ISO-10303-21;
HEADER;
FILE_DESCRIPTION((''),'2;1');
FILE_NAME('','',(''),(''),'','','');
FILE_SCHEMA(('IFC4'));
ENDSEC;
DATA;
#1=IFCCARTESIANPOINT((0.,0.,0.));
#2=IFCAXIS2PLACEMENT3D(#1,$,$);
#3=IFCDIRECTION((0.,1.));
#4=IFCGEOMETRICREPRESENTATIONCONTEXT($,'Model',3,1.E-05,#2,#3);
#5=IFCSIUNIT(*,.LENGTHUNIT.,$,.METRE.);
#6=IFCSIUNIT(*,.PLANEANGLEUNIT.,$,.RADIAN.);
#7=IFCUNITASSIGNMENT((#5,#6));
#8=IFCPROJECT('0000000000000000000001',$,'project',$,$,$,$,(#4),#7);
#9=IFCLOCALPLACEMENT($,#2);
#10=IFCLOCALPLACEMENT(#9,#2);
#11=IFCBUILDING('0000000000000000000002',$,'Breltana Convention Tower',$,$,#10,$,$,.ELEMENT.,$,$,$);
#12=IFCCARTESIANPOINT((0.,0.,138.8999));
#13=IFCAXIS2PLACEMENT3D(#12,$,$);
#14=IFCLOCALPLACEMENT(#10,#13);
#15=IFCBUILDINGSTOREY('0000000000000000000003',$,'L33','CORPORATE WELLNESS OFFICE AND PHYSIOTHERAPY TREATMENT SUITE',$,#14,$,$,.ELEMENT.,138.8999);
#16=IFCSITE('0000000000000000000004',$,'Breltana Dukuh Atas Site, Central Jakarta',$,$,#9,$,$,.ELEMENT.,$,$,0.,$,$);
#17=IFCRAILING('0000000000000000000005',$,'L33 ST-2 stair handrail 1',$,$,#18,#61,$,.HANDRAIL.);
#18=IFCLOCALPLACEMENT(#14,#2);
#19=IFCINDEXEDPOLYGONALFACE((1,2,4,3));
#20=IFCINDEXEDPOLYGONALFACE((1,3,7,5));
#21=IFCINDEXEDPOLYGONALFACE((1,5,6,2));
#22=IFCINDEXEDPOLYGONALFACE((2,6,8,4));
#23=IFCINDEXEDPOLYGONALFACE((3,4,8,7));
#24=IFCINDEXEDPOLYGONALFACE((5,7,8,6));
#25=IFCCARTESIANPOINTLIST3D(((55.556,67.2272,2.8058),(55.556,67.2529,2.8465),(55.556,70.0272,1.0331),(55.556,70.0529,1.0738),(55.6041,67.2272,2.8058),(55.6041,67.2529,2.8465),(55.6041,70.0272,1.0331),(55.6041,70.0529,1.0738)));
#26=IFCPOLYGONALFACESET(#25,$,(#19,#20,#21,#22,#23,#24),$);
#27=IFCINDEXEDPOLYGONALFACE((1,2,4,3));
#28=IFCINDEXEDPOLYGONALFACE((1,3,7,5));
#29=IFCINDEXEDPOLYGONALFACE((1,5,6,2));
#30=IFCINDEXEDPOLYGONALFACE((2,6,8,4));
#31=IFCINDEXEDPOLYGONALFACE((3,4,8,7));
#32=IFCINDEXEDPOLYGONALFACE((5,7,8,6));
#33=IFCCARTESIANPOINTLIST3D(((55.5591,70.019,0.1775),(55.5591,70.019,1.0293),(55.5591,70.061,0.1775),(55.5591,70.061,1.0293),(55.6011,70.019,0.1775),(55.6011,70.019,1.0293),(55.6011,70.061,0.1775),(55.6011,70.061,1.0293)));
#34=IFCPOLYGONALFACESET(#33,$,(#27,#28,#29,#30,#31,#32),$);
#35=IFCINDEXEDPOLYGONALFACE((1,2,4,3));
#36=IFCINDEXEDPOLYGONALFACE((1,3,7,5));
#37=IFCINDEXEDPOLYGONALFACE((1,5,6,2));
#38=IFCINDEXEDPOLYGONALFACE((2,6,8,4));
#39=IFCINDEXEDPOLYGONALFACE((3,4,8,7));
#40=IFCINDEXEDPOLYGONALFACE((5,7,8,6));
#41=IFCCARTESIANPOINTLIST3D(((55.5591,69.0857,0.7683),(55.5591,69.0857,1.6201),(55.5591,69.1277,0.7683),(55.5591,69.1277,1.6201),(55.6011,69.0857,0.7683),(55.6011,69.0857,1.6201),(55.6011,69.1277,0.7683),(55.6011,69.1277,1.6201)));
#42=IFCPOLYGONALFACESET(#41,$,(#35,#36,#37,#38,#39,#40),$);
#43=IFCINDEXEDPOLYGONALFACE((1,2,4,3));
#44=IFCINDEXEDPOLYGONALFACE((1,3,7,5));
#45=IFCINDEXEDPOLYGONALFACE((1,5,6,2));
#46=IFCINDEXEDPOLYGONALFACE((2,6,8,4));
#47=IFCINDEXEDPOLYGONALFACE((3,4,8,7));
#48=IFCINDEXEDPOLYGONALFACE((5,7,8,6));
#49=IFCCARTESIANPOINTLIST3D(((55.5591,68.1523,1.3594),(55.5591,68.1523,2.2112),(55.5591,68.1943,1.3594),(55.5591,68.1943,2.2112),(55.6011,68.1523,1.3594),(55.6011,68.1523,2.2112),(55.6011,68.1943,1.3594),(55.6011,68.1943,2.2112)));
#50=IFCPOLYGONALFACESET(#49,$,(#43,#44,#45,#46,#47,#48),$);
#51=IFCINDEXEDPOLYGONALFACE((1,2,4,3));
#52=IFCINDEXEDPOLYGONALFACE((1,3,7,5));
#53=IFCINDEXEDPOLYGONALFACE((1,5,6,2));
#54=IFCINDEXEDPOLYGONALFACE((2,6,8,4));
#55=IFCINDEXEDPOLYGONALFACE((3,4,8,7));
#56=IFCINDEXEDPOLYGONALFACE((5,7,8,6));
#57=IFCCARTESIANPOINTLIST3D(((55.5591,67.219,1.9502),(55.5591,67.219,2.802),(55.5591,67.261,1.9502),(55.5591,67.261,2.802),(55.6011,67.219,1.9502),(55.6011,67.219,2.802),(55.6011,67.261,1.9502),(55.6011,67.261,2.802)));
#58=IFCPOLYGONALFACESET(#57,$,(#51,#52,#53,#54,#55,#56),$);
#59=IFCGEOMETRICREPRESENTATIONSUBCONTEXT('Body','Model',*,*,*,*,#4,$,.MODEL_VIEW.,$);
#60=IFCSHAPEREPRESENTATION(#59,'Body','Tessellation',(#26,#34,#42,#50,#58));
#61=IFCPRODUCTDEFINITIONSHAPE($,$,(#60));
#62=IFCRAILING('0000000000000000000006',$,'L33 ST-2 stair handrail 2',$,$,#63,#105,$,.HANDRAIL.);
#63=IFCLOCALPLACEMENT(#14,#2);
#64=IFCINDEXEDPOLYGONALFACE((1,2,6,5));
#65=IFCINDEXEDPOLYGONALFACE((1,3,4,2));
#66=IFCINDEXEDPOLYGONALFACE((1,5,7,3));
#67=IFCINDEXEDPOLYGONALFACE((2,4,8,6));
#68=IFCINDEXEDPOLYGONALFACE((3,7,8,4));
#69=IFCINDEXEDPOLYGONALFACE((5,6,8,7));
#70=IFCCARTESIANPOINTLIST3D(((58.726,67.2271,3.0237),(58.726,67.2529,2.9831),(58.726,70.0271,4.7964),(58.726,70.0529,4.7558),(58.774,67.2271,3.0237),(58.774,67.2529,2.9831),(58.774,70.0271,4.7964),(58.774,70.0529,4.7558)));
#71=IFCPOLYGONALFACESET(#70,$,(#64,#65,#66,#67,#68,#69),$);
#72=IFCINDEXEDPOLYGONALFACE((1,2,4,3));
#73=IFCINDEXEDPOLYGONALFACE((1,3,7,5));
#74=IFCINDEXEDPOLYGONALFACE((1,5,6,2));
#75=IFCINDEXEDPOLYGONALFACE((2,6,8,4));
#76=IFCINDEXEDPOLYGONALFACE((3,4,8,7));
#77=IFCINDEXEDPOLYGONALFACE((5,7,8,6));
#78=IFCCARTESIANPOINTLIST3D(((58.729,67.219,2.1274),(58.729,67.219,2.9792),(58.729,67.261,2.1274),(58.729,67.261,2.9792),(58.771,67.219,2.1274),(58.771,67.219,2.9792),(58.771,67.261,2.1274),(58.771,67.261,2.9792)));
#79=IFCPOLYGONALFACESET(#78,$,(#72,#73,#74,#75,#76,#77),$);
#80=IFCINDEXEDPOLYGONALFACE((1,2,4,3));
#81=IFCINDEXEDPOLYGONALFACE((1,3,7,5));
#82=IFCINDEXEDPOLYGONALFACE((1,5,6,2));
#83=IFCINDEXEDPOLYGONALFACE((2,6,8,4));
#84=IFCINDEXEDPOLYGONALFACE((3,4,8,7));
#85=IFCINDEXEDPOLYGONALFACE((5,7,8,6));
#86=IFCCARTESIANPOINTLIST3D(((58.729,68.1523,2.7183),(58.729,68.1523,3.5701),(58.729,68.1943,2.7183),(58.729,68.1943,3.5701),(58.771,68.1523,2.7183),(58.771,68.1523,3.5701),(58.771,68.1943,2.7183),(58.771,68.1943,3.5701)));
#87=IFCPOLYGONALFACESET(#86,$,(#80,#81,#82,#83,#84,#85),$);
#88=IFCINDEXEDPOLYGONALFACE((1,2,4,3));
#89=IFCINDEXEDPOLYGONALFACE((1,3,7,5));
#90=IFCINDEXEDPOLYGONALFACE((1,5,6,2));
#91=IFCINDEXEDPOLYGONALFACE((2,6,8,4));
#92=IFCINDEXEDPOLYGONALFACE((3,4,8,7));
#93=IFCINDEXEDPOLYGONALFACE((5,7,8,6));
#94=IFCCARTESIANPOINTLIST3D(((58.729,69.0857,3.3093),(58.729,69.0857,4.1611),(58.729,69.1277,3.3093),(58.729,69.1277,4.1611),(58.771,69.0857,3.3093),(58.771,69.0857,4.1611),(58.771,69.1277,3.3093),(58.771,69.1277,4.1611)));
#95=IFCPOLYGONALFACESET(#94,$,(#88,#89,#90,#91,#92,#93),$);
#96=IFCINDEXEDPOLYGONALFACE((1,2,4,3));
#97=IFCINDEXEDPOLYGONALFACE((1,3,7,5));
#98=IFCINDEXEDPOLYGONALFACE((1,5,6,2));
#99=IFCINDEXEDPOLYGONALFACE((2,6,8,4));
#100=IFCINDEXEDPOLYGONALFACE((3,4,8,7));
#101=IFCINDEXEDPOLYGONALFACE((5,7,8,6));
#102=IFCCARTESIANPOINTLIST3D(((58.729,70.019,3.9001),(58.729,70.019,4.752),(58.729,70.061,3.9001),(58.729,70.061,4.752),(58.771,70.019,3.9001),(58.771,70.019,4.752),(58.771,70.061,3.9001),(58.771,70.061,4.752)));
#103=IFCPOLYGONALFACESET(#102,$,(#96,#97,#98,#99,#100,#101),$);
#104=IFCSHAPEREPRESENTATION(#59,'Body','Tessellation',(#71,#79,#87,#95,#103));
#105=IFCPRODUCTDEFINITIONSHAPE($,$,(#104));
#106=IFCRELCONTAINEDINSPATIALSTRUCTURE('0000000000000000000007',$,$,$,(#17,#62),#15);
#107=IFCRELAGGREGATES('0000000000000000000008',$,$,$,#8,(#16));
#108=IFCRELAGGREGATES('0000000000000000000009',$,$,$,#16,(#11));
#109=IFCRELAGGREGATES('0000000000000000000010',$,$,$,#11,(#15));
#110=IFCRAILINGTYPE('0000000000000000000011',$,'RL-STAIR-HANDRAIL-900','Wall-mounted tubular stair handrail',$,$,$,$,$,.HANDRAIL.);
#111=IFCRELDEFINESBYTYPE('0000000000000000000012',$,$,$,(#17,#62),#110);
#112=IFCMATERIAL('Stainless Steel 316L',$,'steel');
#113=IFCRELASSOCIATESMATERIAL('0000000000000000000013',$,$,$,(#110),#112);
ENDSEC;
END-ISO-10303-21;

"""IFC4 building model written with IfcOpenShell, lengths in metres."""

from ifc_helpers import new_model, si_unit, direction, frame, origin, origin_2d, place, context, subcontext, project, spatial, rectangle, extrude, material, type_object, element, save


model = new_model("IFC4")

# Units and contexts
model_context = context("Model", 3, precision=1e-05, world=origin(), true_north=direction((0.0, 1.0)))
body_context = subcontext(model_context, "Body", "Model", "MODEL_VIEW")
ifc_project = project(units=[si_unit("LENGTHUNIT", "METRE"), si_unit("PLANEANGLEUNIT", "RADIAN")], contexts=[model_context])

# Site, building, storey
site_placement = place(None, origin())
site = spatial("IfcSite", under=ifc_project, at=site_placement, Name="Breltana Dukuh Atas Site, Central Jakarta", CompositionType="ELEMENT", RefElevation=0.0)
building_placement = place(site_placement, origin())
building = spatial("IfcBuilding", under=site, at=building_placement, Name="Breltana Convention Tower", CompositionType="ELEMENT")
storey_placement = place(building_placement, frame((0.0, 0.0, 138.8999)))
storey = spatial("IfcBuildingStorey", under=building, at=storey_placement, Name="L33", Description="CORPORATE WELLNESS OFFICE AND PHYSIOTHERAPY TREATMENT SUITE", CompositionType="ELEMENT", Elevation=138.8999)

# Railings
ifc_material_1 = material(Name="Stainless Steel 316L", Category="steel")
railing_type_1 = type_object("IfcRailingType", Name="RL-STAIR-HANDRAIL-900", Description="Wall-mounted tubular stair handrail", PredefinedType="HANDRAIL", material=ifc_material_1)
railing_1_placement = place(storey_placement, frame((55.5801, 70.04, 0.1775)))
element("IfcRailing", 1, at=railing_1_placement, inside=storey, type_object=railing_type_1, Name="L33 ST-2 stair handrail 1", PredefinedType="HANDRAIL", context=body_context, shape_type="SweptSolid", body=[
    extrude(rectangle(XDim=0.0481, YDim=0.0481, at=origin_2d()), frame((0.0, 0.0, 0.876), z_axis=(0.0, -0.844909, 0.53491), x_axis=(1.0, 0.0, 0.0)), (0.0, 0.0, 1.0), 3.314),
    extrude(rectangle(XDim=0.042, YDim=0.042, at=origin_2d()), origin(), (0.0, 0.0, 1.0), 0.8518),
    extrude(rectangle(XDim=0.042, YDim=0.042, at=origin_2d()), frame((0.0, -0.9333, 0.5908)), (0.0, 0.0, 1.0), 0.8518),
    extrude(rectangle(XDim=0.042, YDim=0.042, at=origin_2d()), frame((0.0, -1.8667, 1.1819)), (0.0, 0.0, 1.0), 0.8518),
    extrude(rectangle(XDim=0.042, YDim=0.042, at=origin_2d()), frame((0.0, -2.8, 1.7727)), (0.0, 0.0, 1.0), 0.8518),
])
railing_2_placement = place(storey_placement, frame((58.75, 67.24, 2.1274)))
element("IfcRailing", 2, at=railing_2_placement, inside=storey, type_object=railing_type_1, Name="L33 ST-2 stair handrail 2", PredefinedType="HANDRAIL", context=body_context, shape_type="SweptSolid", body=[
    extrude(rectangle(XDim=0.0481, YDim=0.0481, at=origin_2d()), frame((0.0, 0.0, 0.876), z_axis=(0.0, 0.844909, 0.53491), x_axis=(-1.0, 0.0, 0.0)), (0.0, 0.0, 1.0), 3.314),
    extrude(rectangle(XDim=0.042, YDim=0.042, at=origin_2d()), origin(), (0.0, 0.0, 1.0), 0.8518),
    extrude(rectangle(XDim=0.042, YDim=0.042, at=origin_2d()), frame((0.0, 0.9333, 0.5908)), (0.0, 0.0, 1.0), 0.8518),
    extrude(rectangle(XDim=0.042, YDim=0.042, at=origin_2d()), frame((0.0, 1.8667, 1.1819)), (0.0, 0.0, 1.0), 0.8518),
    extrude(rectangle(XDim=0.042, YDim=0.042, at=origin_2d()), frame((0.0, 2.8, 1.7727)), (0.0, 0.0, 1.0), 0.8518),
])

save(model, "model.ifc")
